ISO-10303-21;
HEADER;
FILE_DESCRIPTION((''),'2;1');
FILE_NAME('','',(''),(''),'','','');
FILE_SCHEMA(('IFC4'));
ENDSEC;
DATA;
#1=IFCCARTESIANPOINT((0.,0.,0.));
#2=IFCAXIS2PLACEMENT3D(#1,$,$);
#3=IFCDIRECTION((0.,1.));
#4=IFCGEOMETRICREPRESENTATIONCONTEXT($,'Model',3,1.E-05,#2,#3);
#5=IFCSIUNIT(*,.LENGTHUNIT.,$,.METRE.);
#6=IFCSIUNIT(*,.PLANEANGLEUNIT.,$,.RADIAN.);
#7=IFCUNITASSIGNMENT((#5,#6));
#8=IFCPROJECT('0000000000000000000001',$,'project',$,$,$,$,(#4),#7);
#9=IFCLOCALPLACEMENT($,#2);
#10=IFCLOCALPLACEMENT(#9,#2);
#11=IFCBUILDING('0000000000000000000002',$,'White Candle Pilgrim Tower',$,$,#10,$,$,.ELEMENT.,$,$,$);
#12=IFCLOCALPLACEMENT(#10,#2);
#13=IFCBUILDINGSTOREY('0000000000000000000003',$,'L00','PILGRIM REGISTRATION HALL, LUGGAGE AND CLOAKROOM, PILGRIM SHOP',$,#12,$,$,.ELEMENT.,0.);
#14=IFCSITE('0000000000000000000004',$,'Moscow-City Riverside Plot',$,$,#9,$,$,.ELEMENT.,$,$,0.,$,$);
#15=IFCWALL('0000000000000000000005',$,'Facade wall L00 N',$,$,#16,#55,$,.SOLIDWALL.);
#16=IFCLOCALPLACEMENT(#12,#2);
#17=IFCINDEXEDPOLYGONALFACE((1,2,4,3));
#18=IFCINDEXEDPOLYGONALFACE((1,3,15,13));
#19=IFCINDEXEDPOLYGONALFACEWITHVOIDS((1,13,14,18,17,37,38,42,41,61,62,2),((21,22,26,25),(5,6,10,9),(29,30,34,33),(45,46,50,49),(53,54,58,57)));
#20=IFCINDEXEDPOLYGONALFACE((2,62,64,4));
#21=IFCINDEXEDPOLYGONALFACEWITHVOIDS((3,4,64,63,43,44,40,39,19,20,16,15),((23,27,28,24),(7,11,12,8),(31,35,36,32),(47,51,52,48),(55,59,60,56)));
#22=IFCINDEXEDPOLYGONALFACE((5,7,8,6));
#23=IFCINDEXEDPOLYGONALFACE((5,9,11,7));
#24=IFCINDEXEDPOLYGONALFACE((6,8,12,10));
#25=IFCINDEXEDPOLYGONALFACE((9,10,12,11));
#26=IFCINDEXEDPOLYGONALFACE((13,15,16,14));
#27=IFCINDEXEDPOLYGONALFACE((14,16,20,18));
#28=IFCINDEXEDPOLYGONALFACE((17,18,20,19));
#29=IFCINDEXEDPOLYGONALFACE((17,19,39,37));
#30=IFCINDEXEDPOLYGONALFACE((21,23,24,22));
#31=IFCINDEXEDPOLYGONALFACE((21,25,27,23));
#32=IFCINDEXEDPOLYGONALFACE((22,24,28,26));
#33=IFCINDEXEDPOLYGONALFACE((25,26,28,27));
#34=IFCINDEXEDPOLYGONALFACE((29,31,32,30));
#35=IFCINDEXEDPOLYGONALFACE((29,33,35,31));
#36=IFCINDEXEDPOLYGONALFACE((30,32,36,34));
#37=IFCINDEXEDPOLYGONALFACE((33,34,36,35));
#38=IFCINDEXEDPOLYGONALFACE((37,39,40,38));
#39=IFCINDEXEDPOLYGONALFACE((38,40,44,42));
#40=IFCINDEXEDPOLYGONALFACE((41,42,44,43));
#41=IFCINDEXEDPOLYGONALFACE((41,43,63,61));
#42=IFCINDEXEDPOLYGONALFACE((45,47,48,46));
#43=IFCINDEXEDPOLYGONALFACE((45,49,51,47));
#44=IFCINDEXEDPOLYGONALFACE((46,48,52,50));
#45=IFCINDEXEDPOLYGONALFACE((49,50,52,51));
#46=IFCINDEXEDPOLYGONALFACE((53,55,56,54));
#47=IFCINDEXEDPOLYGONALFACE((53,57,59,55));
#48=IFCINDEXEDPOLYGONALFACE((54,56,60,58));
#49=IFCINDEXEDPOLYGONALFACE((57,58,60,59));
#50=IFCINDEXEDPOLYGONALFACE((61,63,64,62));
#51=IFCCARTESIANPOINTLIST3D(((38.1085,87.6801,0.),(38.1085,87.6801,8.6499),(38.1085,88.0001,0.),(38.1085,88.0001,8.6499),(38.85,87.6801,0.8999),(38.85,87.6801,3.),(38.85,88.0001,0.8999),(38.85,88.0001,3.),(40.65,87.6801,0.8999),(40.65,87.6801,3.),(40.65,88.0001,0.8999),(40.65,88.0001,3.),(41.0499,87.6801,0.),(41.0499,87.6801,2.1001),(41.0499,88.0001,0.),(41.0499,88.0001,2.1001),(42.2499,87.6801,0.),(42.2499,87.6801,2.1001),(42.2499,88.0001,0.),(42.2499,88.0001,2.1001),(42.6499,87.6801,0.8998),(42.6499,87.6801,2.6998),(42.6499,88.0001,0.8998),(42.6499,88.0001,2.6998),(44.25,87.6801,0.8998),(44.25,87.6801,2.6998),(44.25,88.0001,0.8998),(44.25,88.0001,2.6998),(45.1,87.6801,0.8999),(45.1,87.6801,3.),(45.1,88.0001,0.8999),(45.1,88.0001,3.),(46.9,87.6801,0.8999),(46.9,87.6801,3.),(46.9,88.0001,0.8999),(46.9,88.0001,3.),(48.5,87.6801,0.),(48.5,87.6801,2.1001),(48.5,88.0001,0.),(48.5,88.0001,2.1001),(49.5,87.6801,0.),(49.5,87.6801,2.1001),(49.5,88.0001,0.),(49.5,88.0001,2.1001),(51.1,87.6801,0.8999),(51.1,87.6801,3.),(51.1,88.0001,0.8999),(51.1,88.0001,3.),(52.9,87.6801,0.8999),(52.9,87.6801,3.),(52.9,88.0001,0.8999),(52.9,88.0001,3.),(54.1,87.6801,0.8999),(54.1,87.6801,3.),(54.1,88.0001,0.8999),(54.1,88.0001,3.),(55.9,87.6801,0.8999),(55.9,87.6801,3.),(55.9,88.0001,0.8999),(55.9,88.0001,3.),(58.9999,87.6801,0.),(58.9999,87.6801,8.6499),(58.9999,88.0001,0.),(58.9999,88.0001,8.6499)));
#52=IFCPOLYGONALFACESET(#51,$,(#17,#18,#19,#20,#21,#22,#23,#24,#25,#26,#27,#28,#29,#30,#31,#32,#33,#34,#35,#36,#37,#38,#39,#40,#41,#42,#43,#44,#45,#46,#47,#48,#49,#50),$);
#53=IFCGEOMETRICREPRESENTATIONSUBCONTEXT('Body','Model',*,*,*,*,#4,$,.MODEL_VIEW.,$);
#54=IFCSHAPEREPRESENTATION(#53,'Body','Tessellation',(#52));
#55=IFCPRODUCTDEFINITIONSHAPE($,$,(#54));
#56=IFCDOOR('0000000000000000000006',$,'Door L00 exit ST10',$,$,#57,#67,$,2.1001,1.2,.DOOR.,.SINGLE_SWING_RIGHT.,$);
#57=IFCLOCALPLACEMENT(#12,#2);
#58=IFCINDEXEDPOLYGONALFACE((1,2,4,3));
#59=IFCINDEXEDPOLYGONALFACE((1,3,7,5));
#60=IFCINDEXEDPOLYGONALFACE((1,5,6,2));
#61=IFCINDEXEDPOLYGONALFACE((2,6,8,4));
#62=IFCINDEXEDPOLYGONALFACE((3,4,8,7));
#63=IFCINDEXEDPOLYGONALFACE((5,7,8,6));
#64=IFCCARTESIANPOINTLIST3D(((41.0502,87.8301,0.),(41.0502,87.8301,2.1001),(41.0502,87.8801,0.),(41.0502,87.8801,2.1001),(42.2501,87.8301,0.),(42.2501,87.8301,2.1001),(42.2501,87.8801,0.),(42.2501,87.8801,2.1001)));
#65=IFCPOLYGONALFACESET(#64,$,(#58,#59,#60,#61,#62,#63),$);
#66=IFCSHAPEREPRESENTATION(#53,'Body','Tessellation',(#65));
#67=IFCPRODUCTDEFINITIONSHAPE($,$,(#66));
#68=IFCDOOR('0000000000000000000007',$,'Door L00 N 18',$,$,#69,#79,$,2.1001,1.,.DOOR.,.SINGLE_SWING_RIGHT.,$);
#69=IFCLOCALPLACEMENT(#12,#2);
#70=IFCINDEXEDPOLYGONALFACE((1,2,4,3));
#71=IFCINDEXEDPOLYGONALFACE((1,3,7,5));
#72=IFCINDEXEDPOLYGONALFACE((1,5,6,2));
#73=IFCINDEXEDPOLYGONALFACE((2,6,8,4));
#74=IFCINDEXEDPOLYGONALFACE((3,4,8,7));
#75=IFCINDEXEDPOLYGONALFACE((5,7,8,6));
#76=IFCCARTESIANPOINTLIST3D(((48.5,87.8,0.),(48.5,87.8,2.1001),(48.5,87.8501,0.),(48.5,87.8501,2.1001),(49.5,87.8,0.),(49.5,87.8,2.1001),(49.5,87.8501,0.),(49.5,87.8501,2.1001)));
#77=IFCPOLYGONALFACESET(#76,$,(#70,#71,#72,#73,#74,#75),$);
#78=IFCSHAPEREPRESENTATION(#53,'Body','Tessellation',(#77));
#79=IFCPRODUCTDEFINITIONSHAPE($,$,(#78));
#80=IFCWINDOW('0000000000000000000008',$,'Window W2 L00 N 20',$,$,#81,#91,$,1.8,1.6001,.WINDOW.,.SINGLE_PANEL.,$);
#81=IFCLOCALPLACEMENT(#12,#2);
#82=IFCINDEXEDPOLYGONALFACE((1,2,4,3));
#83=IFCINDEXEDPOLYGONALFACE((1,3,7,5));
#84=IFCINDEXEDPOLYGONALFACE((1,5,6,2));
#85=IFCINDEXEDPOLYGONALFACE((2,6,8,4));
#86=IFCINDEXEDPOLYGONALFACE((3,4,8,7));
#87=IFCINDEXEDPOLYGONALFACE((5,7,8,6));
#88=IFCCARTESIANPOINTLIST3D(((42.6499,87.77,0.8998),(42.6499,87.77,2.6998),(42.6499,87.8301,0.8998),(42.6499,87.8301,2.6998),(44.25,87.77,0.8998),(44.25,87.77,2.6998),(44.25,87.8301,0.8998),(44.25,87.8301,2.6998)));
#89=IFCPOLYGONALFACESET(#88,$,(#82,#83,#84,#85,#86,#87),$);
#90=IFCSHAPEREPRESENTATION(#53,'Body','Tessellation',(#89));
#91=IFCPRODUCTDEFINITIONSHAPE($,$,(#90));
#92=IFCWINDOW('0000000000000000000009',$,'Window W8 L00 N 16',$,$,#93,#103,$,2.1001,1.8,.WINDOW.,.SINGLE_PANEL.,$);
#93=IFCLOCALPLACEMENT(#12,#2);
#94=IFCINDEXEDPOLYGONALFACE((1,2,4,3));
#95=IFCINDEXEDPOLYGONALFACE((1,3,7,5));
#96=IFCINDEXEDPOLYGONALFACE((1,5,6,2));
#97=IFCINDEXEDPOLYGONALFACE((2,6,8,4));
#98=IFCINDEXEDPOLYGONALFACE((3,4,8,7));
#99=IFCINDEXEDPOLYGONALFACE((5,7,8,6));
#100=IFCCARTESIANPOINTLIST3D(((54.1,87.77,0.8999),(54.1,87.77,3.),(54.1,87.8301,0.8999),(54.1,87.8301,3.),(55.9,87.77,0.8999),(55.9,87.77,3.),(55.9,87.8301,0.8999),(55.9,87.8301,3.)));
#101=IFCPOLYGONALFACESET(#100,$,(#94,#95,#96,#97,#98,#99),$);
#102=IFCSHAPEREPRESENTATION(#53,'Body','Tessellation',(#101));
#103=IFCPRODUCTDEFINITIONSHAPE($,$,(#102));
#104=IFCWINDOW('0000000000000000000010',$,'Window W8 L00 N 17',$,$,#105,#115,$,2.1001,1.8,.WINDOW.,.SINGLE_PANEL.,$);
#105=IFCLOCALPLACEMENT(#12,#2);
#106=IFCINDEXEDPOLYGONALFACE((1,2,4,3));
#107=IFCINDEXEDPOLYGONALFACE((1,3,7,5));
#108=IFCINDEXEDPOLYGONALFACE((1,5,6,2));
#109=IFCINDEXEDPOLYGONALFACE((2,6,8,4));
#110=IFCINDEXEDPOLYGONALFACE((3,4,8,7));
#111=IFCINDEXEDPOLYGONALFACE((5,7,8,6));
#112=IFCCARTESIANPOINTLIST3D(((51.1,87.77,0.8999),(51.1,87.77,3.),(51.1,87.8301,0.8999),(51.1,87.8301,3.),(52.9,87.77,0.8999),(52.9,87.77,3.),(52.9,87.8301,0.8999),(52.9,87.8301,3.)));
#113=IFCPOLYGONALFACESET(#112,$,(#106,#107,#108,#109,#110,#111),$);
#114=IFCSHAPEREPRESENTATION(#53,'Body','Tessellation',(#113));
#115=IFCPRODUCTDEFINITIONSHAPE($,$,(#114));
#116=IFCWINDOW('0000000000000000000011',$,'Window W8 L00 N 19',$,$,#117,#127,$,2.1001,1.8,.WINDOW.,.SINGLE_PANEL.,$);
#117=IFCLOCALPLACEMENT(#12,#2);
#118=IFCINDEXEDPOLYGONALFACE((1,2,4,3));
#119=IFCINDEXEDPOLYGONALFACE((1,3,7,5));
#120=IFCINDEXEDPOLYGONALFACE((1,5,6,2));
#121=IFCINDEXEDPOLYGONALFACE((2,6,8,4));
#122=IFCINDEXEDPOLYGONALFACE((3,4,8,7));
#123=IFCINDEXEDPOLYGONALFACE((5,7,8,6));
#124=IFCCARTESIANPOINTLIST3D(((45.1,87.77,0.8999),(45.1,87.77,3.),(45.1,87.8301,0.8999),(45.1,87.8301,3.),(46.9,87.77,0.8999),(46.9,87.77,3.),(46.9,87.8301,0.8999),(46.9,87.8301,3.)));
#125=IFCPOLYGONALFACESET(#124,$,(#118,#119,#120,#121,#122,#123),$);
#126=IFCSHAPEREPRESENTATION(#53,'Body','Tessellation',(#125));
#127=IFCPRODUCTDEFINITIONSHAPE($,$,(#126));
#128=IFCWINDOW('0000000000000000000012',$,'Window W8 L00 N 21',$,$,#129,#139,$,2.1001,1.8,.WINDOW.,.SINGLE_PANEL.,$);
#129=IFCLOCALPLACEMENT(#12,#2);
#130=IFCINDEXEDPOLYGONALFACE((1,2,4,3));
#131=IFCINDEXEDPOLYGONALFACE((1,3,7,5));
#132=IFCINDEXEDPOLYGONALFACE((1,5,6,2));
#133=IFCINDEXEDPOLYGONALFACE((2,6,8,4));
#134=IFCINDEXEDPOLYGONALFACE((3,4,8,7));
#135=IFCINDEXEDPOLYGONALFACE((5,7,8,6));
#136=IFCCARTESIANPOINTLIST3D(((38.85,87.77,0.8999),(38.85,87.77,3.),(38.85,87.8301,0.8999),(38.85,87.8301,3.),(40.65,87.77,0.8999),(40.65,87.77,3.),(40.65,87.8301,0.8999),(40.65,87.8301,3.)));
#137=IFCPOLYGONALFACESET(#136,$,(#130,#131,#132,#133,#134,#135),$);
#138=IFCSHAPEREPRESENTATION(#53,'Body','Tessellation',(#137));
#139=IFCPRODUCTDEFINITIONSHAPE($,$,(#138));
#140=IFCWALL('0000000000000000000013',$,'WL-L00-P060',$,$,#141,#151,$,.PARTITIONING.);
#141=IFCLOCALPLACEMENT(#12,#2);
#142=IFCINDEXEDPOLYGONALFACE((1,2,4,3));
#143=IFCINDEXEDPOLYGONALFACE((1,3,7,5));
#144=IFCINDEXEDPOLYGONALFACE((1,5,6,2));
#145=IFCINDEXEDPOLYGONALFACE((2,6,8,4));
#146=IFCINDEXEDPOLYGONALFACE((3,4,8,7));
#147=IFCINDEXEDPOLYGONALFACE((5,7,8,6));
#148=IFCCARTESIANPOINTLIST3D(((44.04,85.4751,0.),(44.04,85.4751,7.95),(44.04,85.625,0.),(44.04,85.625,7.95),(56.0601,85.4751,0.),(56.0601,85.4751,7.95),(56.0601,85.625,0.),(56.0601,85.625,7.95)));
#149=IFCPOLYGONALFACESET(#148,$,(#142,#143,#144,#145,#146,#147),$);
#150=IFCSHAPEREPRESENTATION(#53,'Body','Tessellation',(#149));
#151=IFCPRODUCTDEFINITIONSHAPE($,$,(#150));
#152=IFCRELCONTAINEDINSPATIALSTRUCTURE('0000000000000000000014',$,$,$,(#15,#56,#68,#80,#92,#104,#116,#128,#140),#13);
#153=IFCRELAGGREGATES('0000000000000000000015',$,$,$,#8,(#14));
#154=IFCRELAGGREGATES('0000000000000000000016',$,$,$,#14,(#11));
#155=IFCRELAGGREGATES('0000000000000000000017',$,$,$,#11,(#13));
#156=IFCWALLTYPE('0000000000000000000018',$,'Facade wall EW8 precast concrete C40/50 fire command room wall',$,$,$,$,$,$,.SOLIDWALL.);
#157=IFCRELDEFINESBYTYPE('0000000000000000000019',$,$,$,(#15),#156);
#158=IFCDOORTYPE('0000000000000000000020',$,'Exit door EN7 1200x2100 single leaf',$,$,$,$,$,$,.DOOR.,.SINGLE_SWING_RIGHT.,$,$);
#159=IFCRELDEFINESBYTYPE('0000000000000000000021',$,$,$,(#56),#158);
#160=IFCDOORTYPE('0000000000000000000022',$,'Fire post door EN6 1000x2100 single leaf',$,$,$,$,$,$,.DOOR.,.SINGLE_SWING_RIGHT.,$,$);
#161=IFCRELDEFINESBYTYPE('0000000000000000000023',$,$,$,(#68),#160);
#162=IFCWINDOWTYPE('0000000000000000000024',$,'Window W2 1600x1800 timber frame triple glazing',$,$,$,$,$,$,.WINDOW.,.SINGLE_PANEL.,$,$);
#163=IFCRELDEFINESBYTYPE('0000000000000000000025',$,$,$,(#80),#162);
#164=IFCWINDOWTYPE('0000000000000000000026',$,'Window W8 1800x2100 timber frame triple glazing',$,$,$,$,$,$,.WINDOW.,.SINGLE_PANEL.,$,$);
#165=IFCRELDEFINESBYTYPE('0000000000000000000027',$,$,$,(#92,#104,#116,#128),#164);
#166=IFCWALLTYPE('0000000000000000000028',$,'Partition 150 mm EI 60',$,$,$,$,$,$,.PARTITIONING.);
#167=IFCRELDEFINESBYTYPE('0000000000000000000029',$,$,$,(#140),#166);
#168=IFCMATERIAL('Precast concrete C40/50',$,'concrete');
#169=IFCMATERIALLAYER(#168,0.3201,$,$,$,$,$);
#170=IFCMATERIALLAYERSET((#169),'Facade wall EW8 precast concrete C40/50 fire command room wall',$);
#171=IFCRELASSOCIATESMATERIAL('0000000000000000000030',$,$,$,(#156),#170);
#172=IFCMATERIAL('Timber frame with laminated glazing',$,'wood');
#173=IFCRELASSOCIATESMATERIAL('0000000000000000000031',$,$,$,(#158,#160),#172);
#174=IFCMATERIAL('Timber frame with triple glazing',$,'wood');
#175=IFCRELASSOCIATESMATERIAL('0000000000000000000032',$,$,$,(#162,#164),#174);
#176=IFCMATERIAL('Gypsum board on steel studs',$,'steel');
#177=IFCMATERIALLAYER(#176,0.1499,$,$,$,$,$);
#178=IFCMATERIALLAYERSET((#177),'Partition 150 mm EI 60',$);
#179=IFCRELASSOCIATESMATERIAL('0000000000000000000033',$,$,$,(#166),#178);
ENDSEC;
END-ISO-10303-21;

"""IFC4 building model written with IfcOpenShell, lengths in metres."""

from ifc_helpers import new_model, si_unit, direction, frame, frame_2d, origin, place, context, subcontext, project, spatial, rectangle, extrude, material, layer, layer_set, type_object, element, fill, save


model = new_model("IFC4")

# Units and contexts
model_context = context("Model", 3, precision=1e-05, world=origin(), true_north=direction((0.0, 1.0)))
body_context = subcontext(model_context, "Body", "Model", "MODEL_VIEW")
ifc_project = project(units=[si_unit("LENGTHUNIT", "METRE"), si_unit("PLANEANGLEUNIT", "RADIAN")], contexts=[model_context])

# Site, building, storey
site_placement = place(None, origin())
site = spatial("IfcSite", under=ifc_project, at=site_placement, Name="Moscow-City Riverside Plot", CompositionType="ELEMENT", RefElevation=0.0)
building_placement = place(site_placement, origin())
building = spatial("IfcBuilding", under=site, at=building_placement, Name="White Candle Pilgrim Tower", CompositionType="ELEMENT")
storey_placement = place(building_placement, origin())
storey = spatial("IfcBuildingStorey", under=building, at=storey_placement, Name="L00", Description="PILGRIM REGISTRATION HALL, LUGGAGE AND CLOAKROOM, PILGRIM SHOP", CompositionType="ELEMENT", Elevation=0.0)

# Wall, openings, doors, windows
ifc_material_1 = material(Name="Precast concrete C40/50", Category="concrete")
ifc_layer_1 = layer(ifc_material_1, 0.3201)
ifc_layer_set_1 = layer_set([ifc_layer_1], Name="Facade wall EW8 precast concrete C40/50 fire command room wall")
wall_type_1 = type_object("IfcWallType", Name="Facade wall EW8 precast concrete C40/50 fire command room wall", PredefinedType="SOLIDWALL", material=ifc_layer_set_1)
wall_1_placement = place(storey_placement, frame((59.0, 87.8401, 0.0), z_axis=(0.0, 0.0, 1.0), x_axis=(-1.0, 0.0, 0.0)))
wall_1 = element("IfcWall", 1, at=wall_1_placement, inside=storey, type_object=wall_type_1, Name="Facade wall L00 N", PredefinedType="SOLIDWALL", context=body_context, shape_type="SweptSolid", body=[
    extrude(rectangle(XDim=20.8914, YDim=0.3201, at=frame_2d((10.4458, 0.0))), origin(), (0.0, 0.0, 1.0), 8.6499),
])
opening_1_placement = place(wall_1_placement, frame((3.1001, 0.0, 0.8999)))
opening_1 = element("IfcOpeningElement", 2, at=opening_1_placement, cuts=wall_1, PredefinedType="OPENING", context=body_context, shape_type="SweptSolid", body=[
    extrude(rectangle(XDim=1.8, YDim=2.1001, at=frame_2d((0.8999, 1.05))), frame((0.0, 0.1699, 0.0), z_axis=(0.0, -1.0, 0.0), x_axis=(1.0, 0.0, 0.0)), (0.0, 0.0, 1.0), 0.3401),
])
opening_2_placement = place(wall_1_placement, frame((6.1001, 0.0, 0.8999)))
opening_2 = element("IfcOpeningElement", 3, at=opening_2_placement, cuts=wall_1, PredefinedType="OPENING", context=body_context, shape_type="SweptSolid", body=[
    extrude(rectangle(XDim=1.8, YDim=2.1001, at=frame_2d((0.8999, 1.05))), frame((0.0, 0.1699, 0.0), z_axis=(0.0, -1.0, 0.0), x_axis=(1.0, 0.0, 0.0)), (0.0, 0.0, 1.0), 0.3401),
])
opening_3_placement = place(wall_1_placement, frame((9.5, 0.0, 0.0)))
opening_3 = element("IfcOpeningElement", 4, at=opening_3_placement, cuts=wall_1, PredefinedType="OPENING", context=body_context, shape_type="SweptSolid", body=[
    extrude(rectangle(XDim=1.0, YDim=2.1001, at=frame_2d((0.5, 1.05))), frame((0.0, 0.1699, 0.0), z_axis=(0.0, -1.0, 0.0), x_axis=(1.0, 0.0, 0.0)), (0.0, 0.0, 1.0), 0.3401),
])
opening_4_placement = place(wall_1_placement, frame((12.1001, 0.0, 0.8999)))
opening_4 = element("IfcOpeningElement", 5, at=opening_4_placement, cuts=wall_1, PredefinedType="OPENING", context=body_context, shape_type="SweptSolid", body=[
    extrude(rectangle(XDim=1.8, YDim=2.1001, at=frame_2d((0.8999, 1.05))), frame((0.0, 0.1699, 0.0), z_axis=(0.0, -1.0, 0.0), x_axis=(1.0, 0.0, 0.0)), (0.0, 0.0, 1.0), 0.3401),
])
opening_5_placement = place(wall_1_placement, frame((14.75, 0.0, 0.8999)))
opening_5 = element("IfcOpeningElement", 6, at=opening_5_placement, cuts=wall_1, PredefinedType="OPENING", context=body_context, shape_type="SweptSolid", body=[
    extrude(rectangle(XDim=1.6001, YDim=1.8, at=frame_2d((0.8, 0.8999))), frame((0.0, 0.1699, 0.0), z_axis=(0.0, -1.0, 0.0), x_axis=(1.0, 0.0, 0.0)), (0.0, 0.0, 1.0), 0.3401),
])
opening_6_placement = place(wall_1_placement, frame((18.3501, 0.0, 0.8999)))
opening_6 = element("IfcOpeningElement", 7, at=opening_6_placement, cuts=wall_1, PredefinedType="OPENING", context=body_context, shape_type="SweptSolid", body=[
    extrude(rectangle(XDim=1.8, YDim=2.1001, at=frame_2d((0.8999, 1.05))), frame((0.0, 0.1699, 0.0), z_axis=(0.0, -1.0, 0.0), x_axis=(1.0, 0.0, 0.0)), (0.0, 0.0, 1.0), 0.3401),
])
opening_7_placement = place(wall_1_placement, frame((16.75, 0.0, 0.0)))
opening_7 = element("IfcOpeningElement", 8, at=opening_7_placement, cuts=wall_1, PredefinedType="OPENING", context=body_context, shape_type="SweptSolid", body=[
    extrude(rectangle(XDim=1.2, YDim=2.1001, at=frame_2d((0.6001, 1.05))), frame((0.0, 0.1699, 0.0), z_axis=(0.0, -1.0, 0.0), x_axis=(1.0, 0.0, 0.0)), (0.0, 0.0, 1.0), 0.3401),
])
ifc_material_2 = material(Name="Timber frame with laminated glazing", Category="wood")
door_type_1 = type_object("IfcDoorType", Name="Exit door EN7 1200x2100 single leaf", OperationType="SINGLE_SWING_RIGHT", PredefinedType="DOOR", material=ifc_material_2)
door_1_placement = place(opening_7_placement, frame((1.2, 0.0, 0.0), z_axis=(0.0, 0.0, 1.0), x_axis=(-1.0, 0.0, 0.0)))
door_1 = element("IfcDoor", 9, at=door_1_placement, inside=storey, type_object=door_type_1, Name="Door L00 exit ST10", OperationType="SINGLE_SWING_RIGHT", OverallHeight=2.1001, OverallWidth=1.2, PredefinedType="DOOR", context=body_context, shape_type="SweptSolid", body=[
    extrude(rectangle(XDim=1.2, YDim=2.1001, at=frame_2d((0.6001, 1.05))), frame((0.0, 0.04, 0.0), z_axis=(0.0, -1.0, 0.0), x_axis=(1.0, 0.0, 0.0)), (0.0, 0.0, 1.0), 0.05),
])
fill(opening_7, door_1)
door_type_2 = type_object("IfcDoorType", Name="Fire post door EN6 1000x2100 single leaf", OperationType="SINGLE_SWING_RIGHT", PredefinedType="DOOR", material=ifc_material_2)
door_2_placement = place(opening_3_placement, origin())
door_2 = element("IfcDoor", 10, at=door_2_placement, inside=storey, type_object=door_type_2, Name="Door L00 N 18", OperationType="SINGLE_SWING_RIGHT", OverallHeight=2.1001, OverallWidth=1.0, PredefinedType="DOOR", context=body_context, shape_type="SweptSolid", body=[
    extrude(rectangle(XDim=1.0, YDim=2.1001, at=frame_2d((0.5, 1.05))), frame((0.0, 0.04, 0.0), z_axis=(0.0, -1.0, 0.0), x_axis=(1.0, 0.0, 0.0)), (0.0, 0.0, 1.0), 0.05),
])
fill(opening_3, door_2)
ifc_material_3 = material(Name="Timber frame with triple glazing", Category="wood")
window_type_1 = type_object("IfcWindowType", Name="Window W2 1600x1800 timber frame triple glazing", PartitioningType="SINGLE_PANEL", PredefinedType="WINDOW", material=ifc_material_3)
window_1_placement = place(opening_5_placement, origin())
window_1 = element("IfcWindow", 11, at=window_1_placement, inside=storey, type_object=window_type_1, Name="Window W2 L00 N 20", OverallHeight=1.8, OverallWidth=1.6001, PartitioningType="SINGLE_PANEL", PredefinedType="WINDOW", context=body_context, shape_type="SweptSolid", body=[
    extrude(rectangle(XDim=1.6001, YDim=1.8, at=frame_2d((0.8, 0.8999))), frame((0.0, 0.0701, 0.0), z_axis=(0.0, -1.0, 0.0), x_axis=(1.0, 0.0, 0.0)), (0.0, 0.0, 1.0), 0.0601),
])
fill(opening_5, window_1)
window_type_2 = type_object("IfcWindowType", Name="Window W8 1800x2100 timber frame triple glazing", PartitioningType="SINGLE_PANEL", PredefinedType="WINDOW", material=ifc_material_3)
window_2_placement = place(opening_1_placement, origin())
window_2 = element("IfcWindow", 12, at=window_2_placement, inside=storey, type_object=window_type_2, Name="Window W8 L00 N 16", OverallHeight=2.1001, OverallWidth=1.8, PartitioningType="SINGLE_PANEL", PredefinedType="WINDOW", context=body_context, shape_type="SweptSolid", body=[
    extrude(rectangle(XDim=1.8, YDim=2.1001, at=frame_2d((0.8999, 1.05))), frame((0.0, 0.0701, 0.0), z_axis=(0.0, -1.0, 0.0), x_axis=(1.0, 0.0, 0.0)), (0.0, 0.0, 1.0), 0.0601),
])
fill(opening_1, window_2)
window_3_placement = place(opening_2_placement, origin())
window_3 = element("IfcWindow", 13, at=window_3_placement, inside=storey, type_object=window_type_2, Name="Window W8 L00 N 17", OverallHeight=2.1001, OverallWidth=1.8, PartitioningType="SINGLE_PANEL", PredefinedType="WINDOW", context=body_context, shape_type="SweptSolid", body=[
    extrude(rectangle(XDim=1.8, YDim=2.1001, at=frame_2d((0.8999, 1.05))), frame((0.0, 0.0701, 0.0), z_axis=(0.0, -1.0, 0.0), x_axis=(1.0, 0.0, 0.0)), (0.0, 0.0, 1.0), 0.0601),
])
fill(opening_2, window_3)
window_4_placement = place(opening_4_placement, origin())
window_4 = element("IfcWindow", 14, at=window_4_placement, inside=storey, type_object=window_type_2, Name="Window W8 L00 N 19", OverallHeight=2.1001, OverallWidth=1.8, PartitioningType="SINGLE_PANEL", PredefinedType="WINDOW", context=body_context, shape_type="SweptSolid", body=[
    extrude(rectangle(XDim=1.8, YDim=2.1001, at=frame_2d((0.8999, 1.05))), frame((0.0, 0.0701, 0.0), z_axis=(0.0, -1.0, 0.0), x_axis=(1.0, 0.0, 0.0)), (0.0, 0.0, 1.0), 0.0601),
])
fill(opening_4, window_4)
window_5_placement = place(opening_6_placement, origin())
window_5 = element("IfcWindow", 15, at=window_5_placement, inside=storey, type_object=window_type_2, Name="Window W8 L00 N 21", OverallHeight=2.1001, OverallWidth=1.8, PartitioningType="SINGLE_PANEL", PredefinedType="WINDOW", context=body_context, shape_type="SweptSolid", body=[
    extrude(rectangle(XDim=1.8, YDim=2.1001, at=frame_2d((0.8999, 1.05))), frame((0.0, 0.0701, 0.0), z_axis=(0.0, -1.0, 0.0), x_axis=(1.0, 0.0, 0.0)), (0.0, 0.0, 1.0), 0.0601),
])
fill(opening_6, window_5)

# Wall
ifc_material_4 = material(Name="Gypsum board on steel studs", Category="steel")
ifc_layer_2 = layer(ifc_material_4, 0.1499)
ifc_layer_set_2 = layer_set([ifc_layer_2], Name="Partition 150 mm EI 60")
wall_type_2 = type_object("IfcWallType", Name="Partition 150 mm EI 60", PredefinedType="PARTITIONING", material=ifc_layer_set_2)
wall_2_placement = place(storey_placement, frame((56.0601, 85.55, 0.0), z_axis=(0.0, 0.0, 1.0), x_axis=(-1.0, 0.0, 0.0)))
element("IfcWall", 16, at=wall_2_placement, inside=storey, type_object=wall_type_2, Name="WL-L00-P060", PredefinedType="PARTITIONING", context=body_context, shape_type="SweptSolid", body=[
    extrude(rectangle(XDim=12.02, YDim=0.1499, at=frame_2d((6.01, 0.0))), origin(), (0.0, 0.0, 1.0), 7.95),
])

save(model, "model.ifc")
